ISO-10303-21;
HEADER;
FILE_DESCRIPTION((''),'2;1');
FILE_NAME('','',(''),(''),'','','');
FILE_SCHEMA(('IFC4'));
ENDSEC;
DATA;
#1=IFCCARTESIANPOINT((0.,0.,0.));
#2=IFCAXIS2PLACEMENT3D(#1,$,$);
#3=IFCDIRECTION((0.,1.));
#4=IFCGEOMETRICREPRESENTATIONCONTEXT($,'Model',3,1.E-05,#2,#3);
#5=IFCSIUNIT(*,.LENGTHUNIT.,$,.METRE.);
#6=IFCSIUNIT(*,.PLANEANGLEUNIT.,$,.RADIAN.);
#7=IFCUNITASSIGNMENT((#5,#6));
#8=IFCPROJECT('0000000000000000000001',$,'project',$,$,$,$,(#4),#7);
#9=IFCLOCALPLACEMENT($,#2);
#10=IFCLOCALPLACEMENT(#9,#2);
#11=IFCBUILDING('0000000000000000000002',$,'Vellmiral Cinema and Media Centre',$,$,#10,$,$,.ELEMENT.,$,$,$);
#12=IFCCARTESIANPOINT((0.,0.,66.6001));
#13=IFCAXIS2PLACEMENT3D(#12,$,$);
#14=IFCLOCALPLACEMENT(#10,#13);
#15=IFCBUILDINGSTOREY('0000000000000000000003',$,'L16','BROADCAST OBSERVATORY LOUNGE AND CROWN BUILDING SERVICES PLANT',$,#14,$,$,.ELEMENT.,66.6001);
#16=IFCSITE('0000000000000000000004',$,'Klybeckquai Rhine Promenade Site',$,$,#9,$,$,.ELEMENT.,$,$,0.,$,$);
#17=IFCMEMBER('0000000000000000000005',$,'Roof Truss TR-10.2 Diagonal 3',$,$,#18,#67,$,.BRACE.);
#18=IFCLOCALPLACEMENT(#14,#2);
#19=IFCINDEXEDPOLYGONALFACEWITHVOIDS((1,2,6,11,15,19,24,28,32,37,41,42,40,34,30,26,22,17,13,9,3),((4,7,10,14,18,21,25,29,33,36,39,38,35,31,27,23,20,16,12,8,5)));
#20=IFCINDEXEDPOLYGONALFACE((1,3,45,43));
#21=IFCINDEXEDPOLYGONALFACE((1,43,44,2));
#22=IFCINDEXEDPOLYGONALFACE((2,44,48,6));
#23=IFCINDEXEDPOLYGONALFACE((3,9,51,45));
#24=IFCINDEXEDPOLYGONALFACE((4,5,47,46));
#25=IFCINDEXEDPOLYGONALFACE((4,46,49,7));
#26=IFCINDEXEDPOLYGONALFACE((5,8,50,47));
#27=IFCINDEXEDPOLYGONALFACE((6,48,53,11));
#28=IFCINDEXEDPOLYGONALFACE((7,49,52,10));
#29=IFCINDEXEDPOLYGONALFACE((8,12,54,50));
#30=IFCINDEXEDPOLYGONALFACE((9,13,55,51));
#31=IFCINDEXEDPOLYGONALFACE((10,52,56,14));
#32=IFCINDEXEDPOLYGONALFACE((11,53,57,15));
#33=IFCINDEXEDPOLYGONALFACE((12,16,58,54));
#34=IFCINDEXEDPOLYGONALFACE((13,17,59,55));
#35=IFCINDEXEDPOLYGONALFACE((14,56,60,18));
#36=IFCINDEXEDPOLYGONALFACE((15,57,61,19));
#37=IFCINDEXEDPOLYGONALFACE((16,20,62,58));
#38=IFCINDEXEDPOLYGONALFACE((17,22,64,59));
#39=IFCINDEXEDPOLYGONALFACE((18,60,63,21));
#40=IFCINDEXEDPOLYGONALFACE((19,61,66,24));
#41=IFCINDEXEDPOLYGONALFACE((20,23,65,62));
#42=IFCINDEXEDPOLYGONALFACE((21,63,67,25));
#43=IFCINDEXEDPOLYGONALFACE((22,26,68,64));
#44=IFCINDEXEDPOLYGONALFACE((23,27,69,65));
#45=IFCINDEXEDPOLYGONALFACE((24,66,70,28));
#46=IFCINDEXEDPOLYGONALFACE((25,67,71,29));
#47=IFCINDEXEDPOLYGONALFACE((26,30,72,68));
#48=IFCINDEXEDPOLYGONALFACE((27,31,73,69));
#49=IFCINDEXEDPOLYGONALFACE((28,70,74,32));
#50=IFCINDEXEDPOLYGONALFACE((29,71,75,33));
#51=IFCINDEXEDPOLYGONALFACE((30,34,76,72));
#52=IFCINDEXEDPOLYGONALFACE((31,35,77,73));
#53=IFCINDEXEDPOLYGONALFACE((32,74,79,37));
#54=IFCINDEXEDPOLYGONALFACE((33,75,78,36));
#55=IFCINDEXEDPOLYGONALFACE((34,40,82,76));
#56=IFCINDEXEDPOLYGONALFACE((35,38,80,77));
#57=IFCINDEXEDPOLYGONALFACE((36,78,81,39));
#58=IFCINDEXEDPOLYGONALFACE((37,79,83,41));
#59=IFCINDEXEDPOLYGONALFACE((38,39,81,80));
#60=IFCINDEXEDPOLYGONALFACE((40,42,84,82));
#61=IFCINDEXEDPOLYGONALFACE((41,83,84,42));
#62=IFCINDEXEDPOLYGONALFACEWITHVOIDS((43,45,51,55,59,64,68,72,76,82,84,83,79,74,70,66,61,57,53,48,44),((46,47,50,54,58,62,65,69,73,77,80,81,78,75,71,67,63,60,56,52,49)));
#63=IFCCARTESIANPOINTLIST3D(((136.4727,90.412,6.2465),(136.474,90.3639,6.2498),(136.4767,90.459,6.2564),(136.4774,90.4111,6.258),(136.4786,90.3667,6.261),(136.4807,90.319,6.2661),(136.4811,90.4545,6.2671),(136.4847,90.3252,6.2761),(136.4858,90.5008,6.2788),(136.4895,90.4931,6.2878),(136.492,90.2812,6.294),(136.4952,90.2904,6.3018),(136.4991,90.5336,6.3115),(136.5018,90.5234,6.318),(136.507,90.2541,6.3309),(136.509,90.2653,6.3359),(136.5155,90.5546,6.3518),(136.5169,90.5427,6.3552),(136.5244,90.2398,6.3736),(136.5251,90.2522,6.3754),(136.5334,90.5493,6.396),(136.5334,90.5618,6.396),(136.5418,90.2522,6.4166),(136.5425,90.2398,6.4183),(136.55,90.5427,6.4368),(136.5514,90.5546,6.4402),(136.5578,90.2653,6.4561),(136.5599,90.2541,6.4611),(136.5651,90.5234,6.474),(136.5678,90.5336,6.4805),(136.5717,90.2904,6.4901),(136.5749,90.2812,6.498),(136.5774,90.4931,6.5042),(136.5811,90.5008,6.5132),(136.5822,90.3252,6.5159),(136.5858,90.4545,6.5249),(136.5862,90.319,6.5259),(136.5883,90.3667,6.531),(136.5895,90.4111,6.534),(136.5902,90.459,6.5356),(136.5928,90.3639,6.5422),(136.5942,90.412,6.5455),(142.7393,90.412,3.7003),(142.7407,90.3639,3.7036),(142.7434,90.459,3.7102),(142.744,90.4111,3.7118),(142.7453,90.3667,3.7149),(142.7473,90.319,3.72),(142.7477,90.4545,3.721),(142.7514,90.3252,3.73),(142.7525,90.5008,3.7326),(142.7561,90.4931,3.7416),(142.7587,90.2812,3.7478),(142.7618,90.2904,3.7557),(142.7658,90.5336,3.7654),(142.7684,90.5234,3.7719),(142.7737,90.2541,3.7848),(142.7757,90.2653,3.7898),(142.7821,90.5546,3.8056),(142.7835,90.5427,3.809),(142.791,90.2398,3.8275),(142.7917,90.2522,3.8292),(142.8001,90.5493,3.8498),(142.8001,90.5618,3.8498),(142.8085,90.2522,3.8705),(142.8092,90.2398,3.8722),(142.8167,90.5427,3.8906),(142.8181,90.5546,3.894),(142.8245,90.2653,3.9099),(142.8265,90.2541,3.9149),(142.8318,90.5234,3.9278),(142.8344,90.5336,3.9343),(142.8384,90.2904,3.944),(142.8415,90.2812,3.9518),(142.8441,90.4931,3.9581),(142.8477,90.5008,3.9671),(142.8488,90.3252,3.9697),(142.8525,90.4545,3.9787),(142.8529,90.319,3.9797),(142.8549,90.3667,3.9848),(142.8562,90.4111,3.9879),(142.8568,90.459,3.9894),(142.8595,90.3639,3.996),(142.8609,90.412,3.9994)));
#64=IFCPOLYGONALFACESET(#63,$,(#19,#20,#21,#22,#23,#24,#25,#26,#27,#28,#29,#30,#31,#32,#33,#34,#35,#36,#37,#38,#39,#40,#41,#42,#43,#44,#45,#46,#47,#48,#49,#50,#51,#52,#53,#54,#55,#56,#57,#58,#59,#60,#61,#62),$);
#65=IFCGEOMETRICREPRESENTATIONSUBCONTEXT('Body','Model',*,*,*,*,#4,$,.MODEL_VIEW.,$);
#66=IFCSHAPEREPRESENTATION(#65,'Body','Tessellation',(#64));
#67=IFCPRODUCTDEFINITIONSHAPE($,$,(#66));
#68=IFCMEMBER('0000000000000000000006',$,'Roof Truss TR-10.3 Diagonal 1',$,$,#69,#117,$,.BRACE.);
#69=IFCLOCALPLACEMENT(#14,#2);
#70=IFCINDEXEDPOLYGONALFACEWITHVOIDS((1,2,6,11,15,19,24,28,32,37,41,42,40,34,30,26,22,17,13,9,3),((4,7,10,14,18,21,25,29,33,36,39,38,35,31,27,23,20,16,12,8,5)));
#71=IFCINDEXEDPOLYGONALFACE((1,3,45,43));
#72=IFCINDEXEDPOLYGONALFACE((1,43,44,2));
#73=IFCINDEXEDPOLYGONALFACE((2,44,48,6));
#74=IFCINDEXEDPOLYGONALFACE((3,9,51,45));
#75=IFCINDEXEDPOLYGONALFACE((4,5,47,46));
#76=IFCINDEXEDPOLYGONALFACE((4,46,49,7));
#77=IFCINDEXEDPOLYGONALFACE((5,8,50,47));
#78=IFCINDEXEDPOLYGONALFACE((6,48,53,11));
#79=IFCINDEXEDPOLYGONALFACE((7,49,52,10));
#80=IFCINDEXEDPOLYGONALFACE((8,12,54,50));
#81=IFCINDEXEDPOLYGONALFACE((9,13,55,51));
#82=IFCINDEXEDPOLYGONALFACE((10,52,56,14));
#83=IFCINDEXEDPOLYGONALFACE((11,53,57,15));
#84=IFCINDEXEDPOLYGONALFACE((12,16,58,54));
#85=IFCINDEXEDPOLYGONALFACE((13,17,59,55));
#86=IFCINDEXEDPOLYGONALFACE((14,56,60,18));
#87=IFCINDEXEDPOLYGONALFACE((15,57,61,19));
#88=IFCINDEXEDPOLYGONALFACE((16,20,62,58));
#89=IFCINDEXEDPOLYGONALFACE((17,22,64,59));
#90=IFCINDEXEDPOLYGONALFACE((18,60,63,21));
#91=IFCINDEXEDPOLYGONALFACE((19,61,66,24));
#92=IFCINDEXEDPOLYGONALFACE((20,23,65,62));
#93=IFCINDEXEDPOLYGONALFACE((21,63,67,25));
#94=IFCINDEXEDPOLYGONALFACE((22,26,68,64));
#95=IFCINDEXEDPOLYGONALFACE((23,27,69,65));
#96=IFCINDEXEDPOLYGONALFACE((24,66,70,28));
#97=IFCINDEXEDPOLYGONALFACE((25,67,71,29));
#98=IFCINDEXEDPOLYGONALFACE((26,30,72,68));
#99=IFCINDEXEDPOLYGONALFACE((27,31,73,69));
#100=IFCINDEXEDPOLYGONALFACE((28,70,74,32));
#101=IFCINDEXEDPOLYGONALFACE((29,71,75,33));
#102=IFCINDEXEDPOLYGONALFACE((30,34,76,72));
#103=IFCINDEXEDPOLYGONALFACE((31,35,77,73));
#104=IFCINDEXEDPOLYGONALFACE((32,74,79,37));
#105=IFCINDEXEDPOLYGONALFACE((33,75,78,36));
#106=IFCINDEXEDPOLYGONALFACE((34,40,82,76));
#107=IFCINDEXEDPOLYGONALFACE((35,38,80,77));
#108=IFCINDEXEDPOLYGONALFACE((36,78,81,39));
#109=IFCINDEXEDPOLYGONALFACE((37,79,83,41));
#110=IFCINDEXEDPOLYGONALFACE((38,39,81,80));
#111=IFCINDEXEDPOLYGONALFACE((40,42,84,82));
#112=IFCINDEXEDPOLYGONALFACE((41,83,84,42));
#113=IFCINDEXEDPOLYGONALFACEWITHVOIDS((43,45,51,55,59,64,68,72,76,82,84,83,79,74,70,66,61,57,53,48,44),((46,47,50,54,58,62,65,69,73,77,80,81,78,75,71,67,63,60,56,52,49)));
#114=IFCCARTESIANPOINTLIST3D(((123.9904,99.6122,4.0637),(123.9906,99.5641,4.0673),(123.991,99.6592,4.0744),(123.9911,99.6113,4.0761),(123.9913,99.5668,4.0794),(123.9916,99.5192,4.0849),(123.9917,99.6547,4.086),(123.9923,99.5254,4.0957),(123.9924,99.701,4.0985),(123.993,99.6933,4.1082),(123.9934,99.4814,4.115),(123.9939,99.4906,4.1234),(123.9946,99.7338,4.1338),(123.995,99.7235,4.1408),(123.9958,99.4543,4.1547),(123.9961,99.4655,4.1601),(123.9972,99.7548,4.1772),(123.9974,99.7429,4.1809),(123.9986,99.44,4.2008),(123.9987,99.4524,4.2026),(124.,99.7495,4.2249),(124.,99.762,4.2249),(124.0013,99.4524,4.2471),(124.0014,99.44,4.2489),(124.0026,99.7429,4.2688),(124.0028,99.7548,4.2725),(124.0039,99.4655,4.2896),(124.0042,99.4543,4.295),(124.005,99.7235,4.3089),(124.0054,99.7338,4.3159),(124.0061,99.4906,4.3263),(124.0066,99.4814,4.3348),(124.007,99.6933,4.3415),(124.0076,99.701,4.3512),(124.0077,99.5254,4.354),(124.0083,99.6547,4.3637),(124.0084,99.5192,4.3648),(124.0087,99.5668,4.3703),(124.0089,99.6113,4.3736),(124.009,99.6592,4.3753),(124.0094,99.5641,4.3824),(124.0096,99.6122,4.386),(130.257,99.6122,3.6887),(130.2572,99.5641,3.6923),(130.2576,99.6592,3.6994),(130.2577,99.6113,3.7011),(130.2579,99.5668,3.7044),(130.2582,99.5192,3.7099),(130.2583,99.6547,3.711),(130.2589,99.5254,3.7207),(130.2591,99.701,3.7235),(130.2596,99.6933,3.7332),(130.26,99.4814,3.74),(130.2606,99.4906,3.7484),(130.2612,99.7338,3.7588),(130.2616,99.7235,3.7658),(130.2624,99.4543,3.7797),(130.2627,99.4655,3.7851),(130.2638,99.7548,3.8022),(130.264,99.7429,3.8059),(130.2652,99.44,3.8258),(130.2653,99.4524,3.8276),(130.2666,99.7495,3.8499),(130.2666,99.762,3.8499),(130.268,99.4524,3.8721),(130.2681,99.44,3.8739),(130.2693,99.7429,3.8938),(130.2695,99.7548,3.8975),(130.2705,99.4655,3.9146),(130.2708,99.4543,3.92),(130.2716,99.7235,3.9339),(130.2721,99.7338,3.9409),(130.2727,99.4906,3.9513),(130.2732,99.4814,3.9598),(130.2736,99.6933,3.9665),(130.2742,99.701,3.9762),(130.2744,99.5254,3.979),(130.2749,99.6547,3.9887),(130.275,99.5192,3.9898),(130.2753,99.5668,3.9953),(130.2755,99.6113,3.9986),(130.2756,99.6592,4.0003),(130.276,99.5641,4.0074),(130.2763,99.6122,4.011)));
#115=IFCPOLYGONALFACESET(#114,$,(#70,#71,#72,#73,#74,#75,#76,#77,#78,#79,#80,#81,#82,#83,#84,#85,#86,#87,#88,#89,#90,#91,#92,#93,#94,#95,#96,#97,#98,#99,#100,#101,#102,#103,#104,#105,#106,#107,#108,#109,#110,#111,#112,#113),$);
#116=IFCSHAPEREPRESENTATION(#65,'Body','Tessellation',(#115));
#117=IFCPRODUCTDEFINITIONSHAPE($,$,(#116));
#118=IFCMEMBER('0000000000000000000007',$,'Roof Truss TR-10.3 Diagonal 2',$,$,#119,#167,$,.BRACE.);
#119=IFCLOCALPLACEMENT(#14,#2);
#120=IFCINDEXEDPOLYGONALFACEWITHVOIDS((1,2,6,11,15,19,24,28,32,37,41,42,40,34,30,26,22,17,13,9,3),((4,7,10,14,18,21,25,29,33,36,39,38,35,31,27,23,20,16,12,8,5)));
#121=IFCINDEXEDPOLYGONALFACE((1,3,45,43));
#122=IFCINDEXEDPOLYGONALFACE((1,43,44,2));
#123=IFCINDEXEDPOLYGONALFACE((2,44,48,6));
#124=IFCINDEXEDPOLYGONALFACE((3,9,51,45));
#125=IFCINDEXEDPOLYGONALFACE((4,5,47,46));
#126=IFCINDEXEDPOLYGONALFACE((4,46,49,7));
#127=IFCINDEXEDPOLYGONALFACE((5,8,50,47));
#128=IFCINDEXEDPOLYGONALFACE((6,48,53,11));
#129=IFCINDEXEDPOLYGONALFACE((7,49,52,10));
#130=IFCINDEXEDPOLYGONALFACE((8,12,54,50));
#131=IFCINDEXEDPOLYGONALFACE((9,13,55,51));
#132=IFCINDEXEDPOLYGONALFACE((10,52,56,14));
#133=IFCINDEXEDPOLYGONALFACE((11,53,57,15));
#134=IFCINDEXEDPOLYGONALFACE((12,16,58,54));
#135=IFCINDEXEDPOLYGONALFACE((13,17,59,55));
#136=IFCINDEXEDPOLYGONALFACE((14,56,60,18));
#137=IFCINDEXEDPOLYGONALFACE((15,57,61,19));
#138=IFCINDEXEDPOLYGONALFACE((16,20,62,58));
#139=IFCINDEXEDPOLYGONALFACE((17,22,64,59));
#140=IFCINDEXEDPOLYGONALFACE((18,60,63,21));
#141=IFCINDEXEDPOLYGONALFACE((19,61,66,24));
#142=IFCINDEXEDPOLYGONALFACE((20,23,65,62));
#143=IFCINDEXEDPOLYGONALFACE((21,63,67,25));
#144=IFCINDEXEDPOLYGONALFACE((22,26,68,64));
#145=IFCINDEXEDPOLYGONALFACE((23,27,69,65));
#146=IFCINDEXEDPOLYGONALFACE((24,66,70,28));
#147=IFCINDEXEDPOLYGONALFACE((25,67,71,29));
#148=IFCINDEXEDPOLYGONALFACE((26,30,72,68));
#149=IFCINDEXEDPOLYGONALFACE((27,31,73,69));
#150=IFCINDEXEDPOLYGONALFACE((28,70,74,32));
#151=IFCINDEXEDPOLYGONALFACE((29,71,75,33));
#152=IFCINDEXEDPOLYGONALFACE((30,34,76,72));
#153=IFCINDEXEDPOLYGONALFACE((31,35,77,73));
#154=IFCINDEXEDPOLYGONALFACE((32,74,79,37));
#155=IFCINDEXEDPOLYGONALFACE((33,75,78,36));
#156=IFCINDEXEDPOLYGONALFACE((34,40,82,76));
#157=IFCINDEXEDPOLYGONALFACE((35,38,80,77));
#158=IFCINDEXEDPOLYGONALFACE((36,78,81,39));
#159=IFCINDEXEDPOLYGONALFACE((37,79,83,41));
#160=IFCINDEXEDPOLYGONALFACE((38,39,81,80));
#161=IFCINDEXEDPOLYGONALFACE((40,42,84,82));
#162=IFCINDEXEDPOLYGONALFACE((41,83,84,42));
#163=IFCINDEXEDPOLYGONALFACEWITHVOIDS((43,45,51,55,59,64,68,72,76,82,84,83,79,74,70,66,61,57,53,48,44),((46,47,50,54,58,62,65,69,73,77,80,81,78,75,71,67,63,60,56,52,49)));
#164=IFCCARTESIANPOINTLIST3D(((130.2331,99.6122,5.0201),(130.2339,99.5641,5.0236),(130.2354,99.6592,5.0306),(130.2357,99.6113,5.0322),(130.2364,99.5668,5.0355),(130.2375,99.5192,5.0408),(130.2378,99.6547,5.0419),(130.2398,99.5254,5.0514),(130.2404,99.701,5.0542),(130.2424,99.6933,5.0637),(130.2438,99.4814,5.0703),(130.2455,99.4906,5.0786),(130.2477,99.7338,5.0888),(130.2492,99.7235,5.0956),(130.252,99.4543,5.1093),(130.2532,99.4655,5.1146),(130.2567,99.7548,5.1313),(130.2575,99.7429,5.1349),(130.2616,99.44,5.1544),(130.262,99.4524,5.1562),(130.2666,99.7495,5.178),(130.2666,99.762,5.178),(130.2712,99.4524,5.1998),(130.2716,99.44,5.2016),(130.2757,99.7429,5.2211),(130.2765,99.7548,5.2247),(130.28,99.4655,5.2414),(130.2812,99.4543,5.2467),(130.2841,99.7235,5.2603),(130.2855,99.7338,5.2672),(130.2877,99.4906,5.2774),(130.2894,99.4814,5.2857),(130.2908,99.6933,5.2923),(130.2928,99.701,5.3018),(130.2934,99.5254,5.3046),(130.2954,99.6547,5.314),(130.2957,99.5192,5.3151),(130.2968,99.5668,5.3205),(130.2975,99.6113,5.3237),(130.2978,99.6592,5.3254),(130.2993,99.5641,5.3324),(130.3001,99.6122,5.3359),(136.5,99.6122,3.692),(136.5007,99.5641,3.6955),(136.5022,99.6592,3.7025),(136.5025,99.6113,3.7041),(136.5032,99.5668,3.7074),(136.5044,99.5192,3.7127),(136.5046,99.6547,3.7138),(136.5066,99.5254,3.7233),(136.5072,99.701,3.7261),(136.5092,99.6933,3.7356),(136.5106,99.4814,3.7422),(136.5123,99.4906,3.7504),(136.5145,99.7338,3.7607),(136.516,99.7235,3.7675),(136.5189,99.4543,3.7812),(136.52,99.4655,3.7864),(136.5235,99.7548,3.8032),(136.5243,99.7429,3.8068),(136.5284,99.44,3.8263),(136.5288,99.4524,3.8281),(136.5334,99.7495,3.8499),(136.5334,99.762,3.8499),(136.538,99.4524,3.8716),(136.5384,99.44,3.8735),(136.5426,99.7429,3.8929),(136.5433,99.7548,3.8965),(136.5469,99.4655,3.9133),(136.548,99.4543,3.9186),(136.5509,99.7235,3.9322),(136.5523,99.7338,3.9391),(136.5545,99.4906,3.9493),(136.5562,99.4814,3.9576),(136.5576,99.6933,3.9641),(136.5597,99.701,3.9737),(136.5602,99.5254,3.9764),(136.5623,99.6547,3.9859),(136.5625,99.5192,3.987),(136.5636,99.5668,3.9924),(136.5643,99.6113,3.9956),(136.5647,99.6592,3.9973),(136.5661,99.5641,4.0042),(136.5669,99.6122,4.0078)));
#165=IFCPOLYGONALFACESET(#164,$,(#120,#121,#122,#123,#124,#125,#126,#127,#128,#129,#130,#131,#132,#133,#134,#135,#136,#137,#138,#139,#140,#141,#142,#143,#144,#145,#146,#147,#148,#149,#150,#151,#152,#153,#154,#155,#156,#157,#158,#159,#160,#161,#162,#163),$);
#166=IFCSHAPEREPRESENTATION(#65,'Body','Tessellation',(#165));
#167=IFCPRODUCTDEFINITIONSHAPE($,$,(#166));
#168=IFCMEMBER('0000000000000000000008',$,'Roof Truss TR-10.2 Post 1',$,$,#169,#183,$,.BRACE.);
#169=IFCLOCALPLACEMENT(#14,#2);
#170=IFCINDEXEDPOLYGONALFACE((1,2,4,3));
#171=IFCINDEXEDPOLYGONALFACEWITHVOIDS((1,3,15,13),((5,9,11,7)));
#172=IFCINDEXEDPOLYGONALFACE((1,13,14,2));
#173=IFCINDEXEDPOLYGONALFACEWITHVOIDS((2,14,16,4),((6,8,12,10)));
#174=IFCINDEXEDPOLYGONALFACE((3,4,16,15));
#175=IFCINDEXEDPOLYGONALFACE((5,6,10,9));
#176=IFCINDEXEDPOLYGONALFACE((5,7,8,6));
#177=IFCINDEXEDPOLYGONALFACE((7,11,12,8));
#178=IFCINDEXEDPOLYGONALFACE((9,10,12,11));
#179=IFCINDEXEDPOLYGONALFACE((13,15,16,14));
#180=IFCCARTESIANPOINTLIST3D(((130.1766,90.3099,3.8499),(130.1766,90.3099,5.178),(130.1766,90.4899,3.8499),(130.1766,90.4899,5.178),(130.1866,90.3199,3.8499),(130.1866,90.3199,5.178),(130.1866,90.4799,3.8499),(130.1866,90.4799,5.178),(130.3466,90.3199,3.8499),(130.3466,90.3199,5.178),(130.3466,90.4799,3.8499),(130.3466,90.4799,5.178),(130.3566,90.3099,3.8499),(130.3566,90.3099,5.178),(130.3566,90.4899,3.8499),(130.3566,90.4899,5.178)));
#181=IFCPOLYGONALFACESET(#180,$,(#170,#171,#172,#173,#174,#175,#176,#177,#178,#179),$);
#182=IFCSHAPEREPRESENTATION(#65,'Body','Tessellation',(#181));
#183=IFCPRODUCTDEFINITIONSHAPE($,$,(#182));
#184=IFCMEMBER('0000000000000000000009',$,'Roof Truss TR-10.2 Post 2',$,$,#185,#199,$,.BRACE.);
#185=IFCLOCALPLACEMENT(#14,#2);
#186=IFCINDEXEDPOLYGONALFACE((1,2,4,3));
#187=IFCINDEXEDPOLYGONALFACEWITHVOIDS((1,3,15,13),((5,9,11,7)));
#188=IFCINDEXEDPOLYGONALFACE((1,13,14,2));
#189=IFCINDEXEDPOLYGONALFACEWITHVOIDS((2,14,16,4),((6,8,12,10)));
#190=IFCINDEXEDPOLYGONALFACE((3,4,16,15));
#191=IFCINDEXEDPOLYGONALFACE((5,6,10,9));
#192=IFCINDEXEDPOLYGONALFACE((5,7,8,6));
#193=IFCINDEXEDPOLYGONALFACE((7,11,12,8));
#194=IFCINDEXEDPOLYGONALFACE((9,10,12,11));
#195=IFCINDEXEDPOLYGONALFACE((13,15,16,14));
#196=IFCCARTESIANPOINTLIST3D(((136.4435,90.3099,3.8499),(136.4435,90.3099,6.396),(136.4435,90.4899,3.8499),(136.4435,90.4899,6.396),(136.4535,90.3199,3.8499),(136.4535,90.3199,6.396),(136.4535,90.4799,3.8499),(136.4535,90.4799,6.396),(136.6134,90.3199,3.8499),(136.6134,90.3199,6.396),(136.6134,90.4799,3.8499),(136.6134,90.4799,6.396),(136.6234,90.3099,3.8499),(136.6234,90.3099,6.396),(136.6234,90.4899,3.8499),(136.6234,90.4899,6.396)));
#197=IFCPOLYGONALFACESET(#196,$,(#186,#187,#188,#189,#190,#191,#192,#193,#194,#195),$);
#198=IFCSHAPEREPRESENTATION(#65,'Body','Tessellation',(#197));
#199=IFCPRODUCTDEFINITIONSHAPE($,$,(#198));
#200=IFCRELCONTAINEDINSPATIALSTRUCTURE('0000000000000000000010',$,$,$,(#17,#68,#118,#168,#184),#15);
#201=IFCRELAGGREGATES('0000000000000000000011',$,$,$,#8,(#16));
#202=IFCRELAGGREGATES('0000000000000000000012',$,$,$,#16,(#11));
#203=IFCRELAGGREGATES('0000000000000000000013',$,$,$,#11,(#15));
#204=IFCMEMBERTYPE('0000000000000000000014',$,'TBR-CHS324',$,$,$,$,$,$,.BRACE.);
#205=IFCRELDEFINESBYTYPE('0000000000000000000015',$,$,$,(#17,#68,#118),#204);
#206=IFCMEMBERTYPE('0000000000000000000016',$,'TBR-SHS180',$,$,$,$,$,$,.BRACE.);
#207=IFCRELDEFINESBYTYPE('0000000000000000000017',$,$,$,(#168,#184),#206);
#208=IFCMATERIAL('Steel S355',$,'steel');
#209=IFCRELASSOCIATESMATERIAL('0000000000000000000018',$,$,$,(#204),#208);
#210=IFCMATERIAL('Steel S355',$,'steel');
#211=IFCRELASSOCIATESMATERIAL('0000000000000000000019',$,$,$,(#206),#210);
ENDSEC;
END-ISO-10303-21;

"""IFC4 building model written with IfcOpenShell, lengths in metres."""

from ifc_helpers import new_model, si_unit, direction, frame, origin, origin_2d, place, context, subcontext, project, spatial, hollow_rectangle, hollow_circle, extrude, material, material_profile, profile_set, type_object, element, save


model = new_model("IFC4")

# Units and contexts
model_context = context("Model", 3, precision=1e-05, world=origin(), true_north=direction((0.0, 1.0)))
body_context = subcontext(model_context, "Body", "Model", "MODEL_VIEW")
ifc_project = project(units=[si_unit("LENGTHUNIT", "METRE"), si_unit("PLANEANGLEUNIT", "RADIAN")], contexts=[model_context])

# Site, building, storey
site_placement = place(None, origin())
site = spatial("IfcSite", under=ifc_project, at=site_placement, Name="Klybeckquai Rhine Promenade Site", CompositionType="ELEMENT", RefElevation=0.0)
building_placement = place(site_placement, origin())
building = spatial("IfcBuilding", under=site, at=building_placement, Name="Vellmiral Cinema and Media Centre", CompositionType="ELEMENT")
storey_placement = place(building_placement, frame((0.0, 0.0, 66.6001)))
storey = spatial("IfcBuildingStorey", under=building, at=storey_placement, Name="L16", Description="BROADCAST OBSERVATORY LOUNGE AND CROWN BUILDING SERVICES PLANT", CompositionType="ELEMENT", Elevation=66.6001)

# Members
ifc_material_1 = material(Name="Steel S355", Category="steel")
ifc_material_profile_1 = material_profile(ifc_material_1, hollow_circle(Radius=0.1619, WallThickness=0.0125, at=origin_2d()), Name="CHS 323.9x12.5")
ifc_profile_set_1 = profile_set([ifc_material_profile_1], Name="Steel S355")
member_type_1 = type_object("IfcMemberType", Name="TBR-CHS324", PredefinedType="BRACE", material=ifc_profile_set_1)
member_1_placement = place(storey_placement, frame((136.5334, 90.3999, 6.396), z_axis=(0.926449, 0.0, -0.37642), x_axis=(0.0, 1.0, 0.0)))
element("IfcMember", 1, at=member_1_placement, inside=storey, type_object=member_type_1, Name="Roof Truss TR-10.2 Diagonal 3", PredefinedType="BRACE", context=body_context, shape_type="SweptSolid", body=[
    extrude(hollow_circle(Radius=0.1619, WallThickness=0.0125, at=origin_2d()), origin(), (0.0, 0.0, 1.0), 6.7642),
])
member_2_placement = place(storey_placement, frame((124.0, 99.6001, 4.2249), z_axis=(0.998214, 0.0, -0.059734), x_axis=(0.0, 1.0, 0.0)))
element("IfcMember", 2, at=member_2_placement, inside=storey, type_object=member_type_1, Name="Roof Truss TR-10.3 Diagonal 1", PredefinedType="BRACE", context=body_context, shape_type="SweptSolid", body=[
    extrude(hollow_circle(Radius=0.1619, WallThickness=0.0125, at=origin_2d()), origin(), (0.0, 0.0, 1.0), 6.2778),
])
member_3_placement = place(storey_placement, frame((130.2666, 99.6001, 5.178), z_axis=(0.978272, 0.0, -0.207324), x_axis=(0.0, 1.0, 0.0)))
element("IfcMember", 3, at=member_3_placement, inside=storey, type_object=member_type_1, Name="Roof Truss TR-10.3 Diagonal 2", PredefinedType="BRACE", context=body_context, shape_type="SweptSolid", body=[
    extrude(hollow_circle(Radius=0.1619, WallThickness=0.0125, at=origin_2d()), origin(), (0.0, 0.0, 1.0), 6.406),
])
ifc_material_2 = material(Name="Steel S355", Category="steel")
ifc_material_profile_2 = material_profile(ifc_material_2, hollow_rectangle(XDim=0.1799, YDim=0.1799, WallThickness=0.01, at=origin_2d()), Name="SHS 180x180x10.0")
ifc_profile_set_2 = profile_set([ifc_material_profile_2], Name="Steel S355")
member_type_2 = type_object("IfcMemberType", Name="TBR-SHS180", PredefinedType="BRACE", material=ifc_profile_set_2)
member_4_placement = place(storey_placement, frame((130.2666, 90.3999, 3.8499), z_axis=(0.0, 0.0, 1.0), x_axis=(1.0, 0.0, 0.0)))
element("IfcMember", 4, at=member_4_placement, inside=storey, type_object=member_type_2, Name="Roof Truss TR-10.2 Post 1", PredefinedType="BRACE", context=body_context, shape_type="SweptSolid", body=[
    extrude(hollow_rectangle(XDim=0.1799, YDim=0.1799, WallThickness=0.01, at=origin_2d()), origin(), (0.0, 0.0, 1.0), 1.3281),
])
member_5_placement = place(storey_placement, frame((136.5334, 90.3999, 3.8499), z_axis=(0.0, 0.0, 1.0), x_axis=(1.0, 0.0, 0.0)))
element("IfcMember", 5, at=member_5_placement, inside=storey, type_object=member_type_2, Name="Roof Truss TR-10.2 Post 2", PredefinedType="BRACE", context=body_context, shape_type="SweptSolid", body=[
    extrude(hollow_rectangle(XDim=0.1799, YDim=0.1799, WallThickness=0.01, at=origin_2d()), origin(), (0.0, 0.0, 1.0), 2.5461),
])

save(model, "model.ifc")
